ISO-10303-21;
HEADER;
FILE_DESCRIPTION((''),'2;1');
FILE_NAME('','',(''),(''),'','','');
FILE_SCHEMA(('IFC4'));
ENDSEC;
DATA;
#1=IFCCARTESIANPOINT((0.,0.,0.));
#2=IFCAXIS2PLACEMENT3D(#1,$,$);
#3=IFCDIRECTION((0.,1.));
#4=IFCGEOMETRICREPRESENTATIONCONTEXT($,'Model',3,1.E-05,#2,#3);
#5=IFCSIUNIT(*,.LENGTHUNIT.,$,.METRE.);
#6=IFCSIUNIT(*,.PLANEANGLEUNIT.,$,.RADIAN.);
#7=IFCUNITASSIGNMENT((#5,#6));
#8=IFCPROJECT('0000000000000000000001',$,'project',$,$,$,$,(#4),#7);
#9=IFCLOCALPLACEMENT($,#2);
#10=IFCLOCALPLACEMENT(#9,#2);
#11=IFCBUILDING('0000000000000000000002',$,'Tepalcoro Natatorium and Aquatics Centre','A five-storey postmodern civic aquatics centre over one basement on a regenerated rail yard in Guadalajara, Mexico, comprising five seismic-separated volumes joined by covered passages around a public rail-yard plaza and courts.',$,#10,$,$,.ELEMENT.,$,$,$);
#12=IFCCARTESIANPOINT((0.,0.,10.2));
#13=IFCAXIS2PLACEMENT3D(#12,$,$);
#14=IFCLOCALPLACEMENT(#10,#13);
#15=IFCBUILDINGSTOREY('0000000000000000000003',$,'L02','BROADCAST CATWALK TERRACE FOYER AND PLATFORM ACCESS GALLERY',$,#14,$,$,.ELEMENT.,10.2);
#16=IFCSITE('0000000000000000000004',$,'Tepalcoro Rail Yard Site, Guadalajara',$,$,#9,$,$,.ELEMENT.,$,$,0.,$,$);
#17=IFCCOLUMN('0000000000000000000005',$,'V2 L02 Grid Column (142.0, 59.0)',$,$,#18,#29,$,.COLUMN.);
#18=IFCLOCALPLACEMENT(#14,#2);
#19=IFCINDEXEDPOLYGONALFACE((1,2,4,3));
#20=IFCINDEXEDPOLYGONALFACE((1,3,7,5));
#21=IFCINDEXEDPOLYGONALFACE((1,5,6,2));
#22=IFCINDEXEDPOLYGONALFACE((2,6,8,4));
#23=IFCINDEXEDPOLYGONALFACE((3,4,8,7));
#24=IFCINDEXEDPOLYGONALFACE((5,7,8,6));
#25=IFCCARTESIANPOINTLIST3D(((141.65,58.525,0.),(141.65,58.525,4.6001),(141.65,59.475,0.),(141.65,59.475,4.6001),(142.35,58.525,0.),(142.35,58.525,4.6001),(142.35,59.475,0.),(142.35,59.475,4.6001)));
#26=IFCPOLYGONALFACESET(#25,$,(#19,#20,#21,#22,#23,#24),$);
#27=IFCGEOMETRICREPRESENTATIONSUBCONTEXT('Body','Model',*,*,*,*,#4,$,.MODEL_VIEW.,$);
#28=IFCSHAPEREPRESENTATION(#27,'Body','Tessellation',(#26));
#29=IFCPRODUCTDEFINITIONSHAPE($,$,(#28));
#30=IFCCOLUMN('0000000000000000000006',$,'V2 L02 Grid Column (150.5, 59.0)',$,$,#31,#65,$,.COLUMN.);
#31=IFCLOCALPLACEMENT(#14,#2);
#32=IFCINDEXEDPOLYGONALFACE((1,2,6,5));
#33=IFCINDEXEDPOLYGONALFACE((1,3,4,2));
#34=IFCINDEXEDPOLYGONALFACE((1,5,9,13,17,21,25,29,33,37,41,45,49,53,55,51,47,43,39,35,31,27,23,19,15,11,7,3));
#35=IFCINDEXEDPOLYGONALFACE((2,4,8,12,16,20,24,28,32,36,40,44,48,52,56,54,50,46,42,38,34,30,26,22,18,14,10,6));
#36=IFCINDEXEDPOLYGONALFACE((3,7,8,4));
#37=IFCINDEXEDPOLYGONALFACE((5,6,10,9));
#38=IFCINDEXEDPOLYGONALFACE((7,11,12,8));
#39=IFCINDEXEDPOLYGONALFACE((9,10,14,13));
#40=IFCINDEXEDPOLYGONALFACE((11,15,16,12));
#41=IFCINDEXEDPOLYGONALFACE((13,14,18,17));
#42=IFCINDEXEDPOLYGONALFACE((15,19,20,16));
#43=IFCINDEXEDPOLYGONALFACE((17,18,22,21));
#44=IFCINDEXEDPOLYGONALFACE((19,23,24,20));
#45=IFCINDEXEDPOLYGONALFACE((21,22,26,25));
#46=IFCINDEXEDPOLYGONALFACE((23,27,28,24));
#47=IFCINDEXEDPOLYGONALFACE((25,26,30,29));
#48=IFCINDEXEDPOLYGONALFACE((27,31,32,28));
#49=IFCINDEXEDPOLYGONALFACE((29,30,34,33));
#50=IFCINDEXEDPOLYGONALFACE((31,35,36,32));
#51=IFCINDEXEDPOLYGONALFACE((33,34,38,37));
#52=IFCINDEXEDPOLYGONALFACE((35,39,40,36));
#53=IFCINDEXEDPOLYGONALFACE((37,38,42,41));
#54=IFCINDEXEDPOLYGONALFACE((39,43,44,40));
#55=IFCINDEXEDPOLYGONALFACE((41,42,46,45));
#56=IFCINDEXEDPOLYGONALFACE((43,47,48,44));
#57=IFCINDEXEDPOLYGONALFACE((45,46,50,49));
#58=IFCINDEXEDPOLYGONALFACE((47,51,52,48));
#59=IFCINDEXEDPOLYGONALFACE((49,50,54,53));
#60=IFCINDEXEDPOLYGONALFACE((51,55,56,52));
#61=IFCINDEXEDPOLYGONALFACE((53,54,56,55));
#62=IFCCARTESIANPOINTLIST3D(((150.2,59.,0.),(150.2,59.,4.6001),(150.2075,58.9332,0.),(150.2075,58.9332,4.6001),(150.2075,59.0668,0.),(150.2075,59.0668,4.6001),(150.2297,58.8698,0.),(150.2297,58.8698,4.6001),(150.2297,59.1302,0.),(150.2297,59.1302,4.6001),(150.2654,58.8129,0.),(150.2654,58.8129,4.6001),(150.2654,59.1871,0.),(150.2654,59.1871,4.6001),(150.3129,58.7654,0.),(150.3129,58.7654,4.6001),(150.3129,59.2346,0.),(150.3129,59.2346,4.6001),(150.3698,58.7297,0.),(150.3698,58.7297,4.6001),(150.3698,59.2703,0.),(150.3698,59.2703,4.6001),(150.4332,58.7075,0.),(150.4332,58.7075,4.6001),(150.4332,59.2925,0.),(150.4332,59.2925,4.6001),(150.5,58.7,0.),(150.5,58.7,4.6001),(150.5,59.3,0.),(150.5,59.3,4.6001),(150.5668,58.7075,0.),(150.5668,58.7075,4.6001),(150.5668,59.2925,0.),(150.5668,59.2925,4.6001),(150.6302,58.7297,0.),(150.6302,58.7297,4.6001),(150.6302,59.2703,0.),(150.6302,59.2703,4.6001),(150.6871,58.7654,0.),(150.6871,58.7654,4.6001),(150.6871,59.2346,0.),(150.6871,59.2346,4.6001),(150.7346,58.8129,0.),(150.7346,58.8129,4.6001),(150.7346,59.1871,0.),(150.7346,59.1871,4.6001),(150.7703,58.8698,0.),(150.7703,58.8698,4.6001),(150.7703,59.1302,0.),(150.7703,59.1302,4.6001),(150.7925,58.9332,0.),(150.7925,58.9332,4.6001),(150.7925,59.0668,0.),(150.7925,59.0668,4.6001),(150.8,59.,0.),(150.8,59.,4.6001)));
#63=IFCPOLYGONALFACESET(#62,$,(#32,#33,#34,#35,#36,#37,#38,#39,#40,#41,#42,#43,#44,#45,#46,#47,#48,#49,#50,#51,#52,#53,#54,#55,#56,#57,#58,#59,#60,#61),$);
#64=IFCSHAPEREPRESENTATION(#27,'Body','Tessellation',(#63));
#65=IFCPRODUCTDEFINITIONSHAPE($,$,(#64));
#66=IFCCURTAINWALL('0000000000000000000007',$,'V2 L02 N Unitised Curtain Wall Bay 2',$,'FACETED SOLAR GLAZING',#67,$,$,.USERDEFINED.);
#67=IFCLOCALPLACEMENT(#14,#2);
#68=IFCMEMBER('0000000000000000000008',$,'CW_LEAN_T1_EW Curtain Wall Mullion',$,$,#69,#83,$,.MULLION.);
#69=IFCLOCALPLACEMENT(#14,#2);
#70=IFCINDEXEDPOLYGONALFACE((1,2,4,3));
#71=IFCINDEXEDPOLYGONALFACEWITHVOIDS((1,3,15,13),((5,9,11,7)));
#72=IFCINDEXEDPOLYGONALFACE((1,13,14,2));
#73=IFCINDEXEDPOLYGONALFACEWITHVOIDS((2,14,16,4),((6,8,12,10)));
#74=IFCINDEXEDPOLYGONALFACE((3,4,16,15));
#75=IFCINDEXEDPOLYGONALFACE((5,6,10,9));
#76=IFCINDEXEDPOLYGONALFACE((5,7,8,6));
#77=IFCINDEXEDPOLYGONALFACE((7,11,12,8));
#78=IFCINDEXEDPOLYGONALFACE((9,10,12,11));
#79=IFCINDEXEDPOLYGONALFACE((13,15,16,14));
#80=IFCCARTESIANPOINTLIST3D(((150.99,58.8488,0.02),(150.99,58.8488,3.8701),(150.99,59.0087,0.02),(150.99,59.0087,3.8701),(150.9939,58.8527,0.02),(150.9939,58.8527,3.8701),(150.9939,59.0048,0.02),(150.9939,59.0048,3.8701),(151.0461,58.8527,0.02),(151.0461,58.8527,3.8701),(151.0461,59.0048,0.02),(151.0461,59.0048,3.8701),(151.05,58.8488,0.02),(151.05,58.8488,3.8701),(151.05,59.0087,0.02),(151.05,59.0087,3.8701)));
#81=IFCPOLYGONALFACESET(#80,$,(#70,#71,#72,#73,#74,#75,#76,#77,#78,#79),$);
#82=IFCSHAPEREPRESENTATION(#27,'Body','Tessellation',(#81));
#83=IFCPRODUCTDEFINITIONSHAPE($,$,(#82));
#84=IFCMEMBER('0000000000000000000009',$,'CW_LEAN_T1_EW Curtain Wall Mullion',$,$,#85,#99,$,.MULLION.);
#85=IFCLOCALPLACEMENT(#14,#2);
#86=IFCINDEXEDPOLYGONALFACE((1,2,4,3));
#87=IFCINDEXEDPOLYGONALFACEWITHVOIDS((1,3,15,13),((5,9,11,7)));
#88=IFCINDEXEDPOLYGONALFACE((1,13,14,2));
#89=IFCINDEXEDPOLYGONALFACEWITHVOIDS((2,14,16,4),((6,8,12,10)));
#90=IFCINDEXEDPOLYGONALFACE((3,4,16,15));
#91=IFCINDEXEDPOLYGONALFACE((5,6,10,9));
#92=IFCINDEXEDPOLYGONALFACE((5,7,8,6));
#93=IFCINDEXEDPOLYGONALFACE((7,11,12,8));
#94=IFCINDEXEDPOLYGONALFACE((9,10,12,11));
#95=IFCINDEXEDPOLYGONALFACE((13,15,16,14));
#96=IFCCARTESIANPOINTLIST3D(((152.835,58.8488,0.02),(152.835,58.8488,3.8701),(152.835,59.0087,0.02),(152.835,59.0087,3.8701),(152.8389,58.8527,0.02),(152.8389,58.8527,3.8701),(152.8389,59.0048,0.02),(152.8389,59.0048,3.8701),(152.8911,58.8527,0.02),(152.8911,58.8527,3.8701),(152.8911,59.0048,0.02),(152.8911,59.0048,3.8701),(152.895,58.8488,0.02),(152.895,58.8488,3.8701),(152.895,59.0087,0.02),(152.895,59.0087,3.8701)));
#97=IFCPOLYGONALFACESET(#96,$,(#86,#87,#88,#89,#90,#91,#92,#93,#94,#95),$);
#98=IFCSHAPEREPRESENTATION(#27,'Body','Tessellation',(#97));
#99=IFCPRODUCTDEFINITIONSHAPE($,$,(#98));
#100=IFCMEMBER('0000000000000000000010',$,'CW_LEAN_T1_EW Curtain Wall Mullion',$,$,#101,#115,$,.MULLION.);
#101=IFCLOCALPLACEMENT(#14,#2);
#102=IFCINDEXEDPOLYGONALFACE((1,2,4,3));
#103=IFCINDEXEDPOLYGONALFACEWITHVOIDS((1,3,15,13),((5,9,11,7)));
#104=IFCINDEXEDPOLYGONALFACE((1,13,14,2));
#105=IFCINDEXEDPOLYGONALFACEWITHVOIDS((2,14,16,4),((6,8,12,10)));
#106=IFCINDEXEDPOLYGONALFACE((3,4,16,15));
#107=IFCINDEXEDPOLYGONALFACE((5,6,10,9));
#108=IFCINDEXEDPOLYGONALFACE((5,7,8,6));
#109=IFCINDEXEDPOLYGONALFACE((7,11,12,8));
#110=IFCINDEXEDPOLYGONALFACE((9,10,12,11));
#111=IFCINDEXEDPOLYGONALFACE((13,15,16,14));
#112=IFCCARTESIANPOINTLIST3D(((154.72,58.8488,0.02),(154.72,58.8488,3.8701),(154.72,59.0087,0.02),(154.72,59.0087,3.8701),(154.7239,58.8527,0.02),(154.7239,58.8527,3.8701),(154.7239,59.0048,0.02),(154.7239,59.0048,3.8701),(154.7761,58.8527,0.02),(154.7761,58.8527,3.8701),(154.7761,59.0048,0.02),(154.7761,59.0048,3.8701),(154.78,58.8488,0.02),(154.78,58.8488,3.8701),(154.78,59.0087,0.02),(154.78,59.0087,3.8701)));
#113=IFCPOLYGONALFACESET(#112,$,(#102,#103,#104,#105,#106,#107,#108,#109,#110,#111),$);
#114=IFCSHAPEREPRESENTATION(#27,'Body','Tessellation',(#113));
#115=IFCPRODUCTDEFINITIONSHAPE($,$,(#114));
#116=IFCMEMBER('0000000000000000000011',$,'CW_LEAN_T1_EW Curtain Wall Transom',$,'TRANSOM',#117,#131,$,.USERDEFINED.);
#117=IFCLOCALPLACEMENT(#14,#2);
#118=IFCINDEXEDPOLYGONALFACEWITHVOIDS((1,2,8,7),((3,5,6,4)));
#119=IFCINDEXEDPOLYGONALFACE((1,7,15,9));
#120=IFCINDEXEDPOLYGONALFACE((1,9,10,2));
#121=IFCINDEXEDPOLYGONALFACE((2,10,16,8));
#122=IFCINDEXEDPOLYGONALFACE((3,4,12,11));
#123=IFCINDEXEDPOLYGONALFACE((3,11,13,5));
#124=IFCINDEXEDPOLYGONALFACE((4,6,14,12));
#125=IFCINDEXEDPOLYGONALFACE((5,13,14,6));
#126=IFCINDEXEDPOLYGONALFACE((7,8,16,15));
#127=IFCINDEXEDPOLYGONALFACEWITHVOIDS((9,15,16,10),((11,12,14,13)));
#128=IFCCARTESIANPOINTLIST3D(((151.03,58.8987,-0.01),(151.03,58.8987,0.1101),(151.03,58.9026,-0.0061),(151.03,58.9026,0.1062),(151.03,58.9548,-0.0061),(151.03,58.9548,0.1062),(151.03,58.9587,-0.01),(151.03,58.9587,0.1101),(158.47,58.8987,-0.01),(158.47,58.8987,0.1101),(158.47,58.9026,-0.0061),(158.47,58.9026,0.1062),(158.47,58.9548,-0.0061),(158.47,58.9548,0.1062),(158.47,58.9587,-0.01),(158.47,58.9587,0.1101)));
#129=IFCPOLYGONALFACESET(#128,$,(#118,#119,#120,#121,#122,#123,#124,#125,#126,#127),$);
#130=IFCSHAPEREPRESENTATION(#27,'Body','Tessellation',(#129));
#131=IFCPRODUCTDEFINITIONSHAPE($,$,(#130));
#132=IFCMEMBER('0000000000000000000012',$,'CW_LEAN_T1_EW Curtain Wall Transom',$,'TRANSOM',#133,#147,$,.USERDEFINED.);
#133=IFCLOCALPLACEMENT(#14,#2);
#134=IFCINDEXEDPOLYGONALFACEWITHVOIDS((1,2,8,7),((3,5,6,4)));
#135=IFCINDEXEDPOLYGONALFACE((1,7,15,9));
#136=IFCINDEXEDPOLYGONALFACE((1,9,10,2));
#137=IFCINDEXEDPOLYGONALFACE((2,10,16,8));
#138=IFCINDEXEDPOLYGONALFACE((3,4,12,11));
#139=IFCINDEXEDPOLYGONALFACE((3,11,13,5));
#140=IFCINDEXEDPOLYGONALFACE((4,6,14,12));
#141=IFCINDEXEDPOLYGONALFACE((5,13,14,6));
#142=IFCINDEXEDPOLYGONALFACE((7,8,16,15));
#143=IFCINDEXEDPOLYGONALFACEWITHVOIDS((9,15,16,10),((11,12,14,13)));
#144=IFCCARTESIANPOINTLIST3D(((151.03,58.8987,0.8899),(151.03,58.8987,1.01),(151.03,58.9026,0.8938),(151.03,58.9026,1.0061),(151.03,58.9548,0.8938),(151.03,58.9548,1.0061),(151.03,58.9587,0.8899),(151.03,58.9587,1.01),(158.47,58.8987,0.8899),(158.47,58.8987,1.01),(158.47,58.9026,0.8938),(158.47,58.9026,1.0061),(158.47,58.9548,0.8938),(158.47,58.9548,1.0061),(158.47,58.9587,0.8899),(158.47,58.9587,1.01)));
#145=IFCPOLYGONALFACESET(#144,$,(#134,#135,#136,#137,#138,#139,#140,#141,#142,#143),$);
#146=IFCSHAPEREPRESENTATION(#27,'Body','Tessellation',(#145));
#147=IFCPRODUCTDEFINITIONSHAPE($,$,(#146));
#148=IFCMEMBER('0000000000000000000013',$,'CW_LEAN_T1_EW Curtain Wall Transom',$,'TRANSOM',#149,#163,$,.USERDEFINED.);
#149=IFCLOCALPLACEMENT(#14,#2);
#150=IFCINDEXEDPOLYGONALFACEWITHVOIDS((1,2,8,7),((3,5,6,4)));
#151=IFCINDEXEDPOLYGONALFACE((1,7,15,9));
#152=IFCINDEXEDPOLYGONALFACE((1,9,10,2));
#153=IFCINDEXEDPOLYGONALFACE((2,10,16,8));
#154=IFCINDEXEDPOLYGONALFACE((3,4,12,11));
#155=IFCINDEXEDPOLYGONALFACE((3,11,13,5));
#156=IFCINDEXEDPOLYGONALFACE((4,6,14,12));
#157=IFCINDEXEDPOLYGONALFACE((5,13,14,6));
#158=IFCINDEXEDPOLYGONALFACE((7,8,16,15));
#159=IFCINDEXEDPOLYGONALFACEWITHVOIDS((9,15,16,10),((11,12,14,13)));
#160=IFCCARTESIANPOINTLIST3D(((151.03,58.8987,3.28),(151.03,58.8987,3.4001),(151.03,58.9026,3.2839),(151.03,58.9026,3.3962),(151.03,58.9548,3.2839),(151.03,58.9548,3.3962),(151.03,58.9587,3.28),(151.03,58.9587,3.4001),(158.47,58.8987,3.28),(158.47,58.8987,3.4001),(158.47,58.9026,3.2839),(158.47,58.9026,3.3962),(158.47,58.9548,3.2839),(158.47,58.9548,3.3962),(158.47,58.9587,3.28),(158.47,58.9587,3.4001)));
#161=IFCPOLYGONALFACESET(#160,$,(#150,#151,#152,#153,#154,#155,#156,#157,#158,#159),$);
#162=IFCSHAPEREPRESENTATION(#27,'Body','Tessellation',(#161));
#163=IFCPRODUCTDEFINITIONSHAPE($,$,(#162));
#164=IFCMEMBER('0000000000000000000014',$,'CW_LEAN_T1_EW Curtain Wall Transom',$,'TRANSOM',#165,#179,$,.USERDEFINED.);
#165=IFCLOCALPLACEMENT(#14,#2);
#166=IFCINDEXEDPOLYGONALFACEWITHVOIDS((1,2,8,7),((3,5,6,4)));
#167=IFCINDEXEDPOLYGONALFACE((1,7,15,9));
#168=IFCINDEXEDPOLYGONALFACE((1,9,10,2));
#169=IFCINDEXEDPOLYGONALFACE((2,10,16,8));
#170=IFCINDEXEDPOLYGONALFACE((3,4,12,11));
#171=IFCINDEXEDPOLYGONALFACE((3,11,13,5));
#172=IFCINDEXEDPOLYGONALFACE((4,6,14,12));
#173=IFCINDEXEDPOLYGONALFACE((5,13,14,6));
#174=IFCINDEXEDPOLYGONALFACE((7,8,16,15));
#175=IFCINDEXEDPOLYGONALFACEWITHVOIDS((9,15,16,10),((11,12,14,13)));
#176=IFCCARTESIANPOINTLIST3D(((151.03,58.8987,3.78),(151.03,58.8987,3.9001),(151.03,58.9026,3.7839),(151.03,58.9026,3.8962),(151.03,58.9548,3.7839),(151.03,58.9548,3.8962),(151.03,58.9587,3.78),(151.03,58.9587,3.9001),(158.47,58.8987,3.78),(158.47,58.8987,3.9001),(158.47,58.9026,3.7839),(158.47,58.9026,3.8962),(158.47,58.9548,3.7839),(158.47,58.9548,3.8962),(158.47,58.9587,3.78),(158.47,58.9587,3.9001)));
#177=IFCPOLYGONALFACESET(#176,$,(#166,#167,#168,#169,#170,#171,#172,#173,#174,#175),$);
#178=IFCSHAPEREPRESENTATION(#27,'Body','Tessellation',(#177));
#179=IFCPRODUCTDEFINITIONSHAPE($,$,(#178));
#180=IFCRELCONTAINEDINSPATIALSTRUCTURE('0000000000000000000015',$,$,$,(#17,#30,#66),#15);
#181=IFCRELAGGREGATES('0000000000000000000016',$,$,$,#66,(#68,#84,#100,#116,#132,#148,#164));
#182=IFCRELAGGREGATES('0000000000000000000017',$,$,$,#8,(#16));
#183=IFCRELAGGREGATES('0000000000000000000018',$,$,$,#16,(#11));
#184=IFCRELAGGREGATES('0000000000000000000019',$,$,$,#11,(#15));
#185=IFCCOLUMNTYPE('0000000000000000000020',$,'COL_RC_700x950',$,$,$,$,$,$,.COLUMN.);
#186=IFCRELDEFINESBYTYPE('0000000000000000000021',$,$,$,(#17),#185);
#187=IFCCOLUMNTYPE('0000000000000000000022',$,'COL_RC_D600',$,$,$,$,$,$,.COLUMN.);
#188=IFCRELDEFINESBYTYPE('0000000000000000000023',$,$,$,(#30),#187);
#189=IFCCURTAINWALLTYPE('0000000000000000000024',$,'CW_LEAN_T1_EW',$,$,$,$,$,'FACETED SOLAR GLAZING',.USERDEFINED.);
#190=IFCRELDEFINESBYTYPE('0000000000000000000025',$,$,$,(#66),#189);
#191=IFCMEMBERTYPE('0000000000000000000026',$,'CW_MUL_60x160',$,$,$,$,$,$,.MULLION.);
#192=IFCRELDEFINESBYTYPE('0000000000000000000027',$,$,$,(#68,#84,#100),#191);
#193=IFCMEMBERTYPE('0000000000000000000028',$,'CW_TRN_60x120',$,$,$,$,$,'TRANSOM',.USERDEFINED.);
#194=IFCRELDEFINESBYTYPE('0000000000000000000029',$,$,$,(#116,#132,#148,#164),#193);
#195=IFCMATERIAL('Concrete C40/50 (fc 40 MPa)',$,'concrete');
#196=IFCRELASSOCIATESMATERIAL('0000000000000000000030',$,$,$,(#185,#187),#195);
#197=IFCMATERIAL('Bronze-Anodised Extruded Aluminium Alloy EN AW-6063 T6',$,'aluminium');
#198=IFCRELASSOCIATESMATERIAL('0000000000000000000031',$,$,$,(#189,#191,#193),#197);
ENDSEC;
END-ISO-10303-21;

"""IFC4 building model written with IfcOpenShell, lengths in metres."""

from ifc_helpers import new_model, si_unit, direction, frame, origin, origin_2d, place, context, subcontext, project, spatial, rectangle, hollow_rectangle, circle, extrude, material, material_profile, profile_set, type_object, element, aggregate, save


model = new_model("IFC4")

# Units and contexts
model_context = context("Model", 3, precision=1e-05, world=origin(), true_north=direction((0.0, 1.0)))
body_context = subcontext(model_context, "Body", "Model", "MODEL_VIEW")
ifc_project = project(units=[si_unit("LENGTHUNIT", "METRE"), si_unit("PLANEANGLEUNIT", "RADIAN")], contexts=[model_context])

# Site, building, storey
site_placement = place(None, origin())
site = spatial("IfcSite", under=ifc_project, at=site_placement, Name="Tepalcoro Rail Yard Site, Guadalajara", CompositionType="ELEMENT", RefElevation=0.0)
building_placement = place(site_placement, origin())
building = spatial("IfcBuilding", under=site, at=building_placement, Name="Tepalcoro Natatorium and Aquatics Centre", Description="A five-storey postmodern civic aquatics centre over one basement on a regenerated rail yard in Guadalajara, Mexico, comprising five seismic-separated volumes joined by covered passages around a public rail-yard plaza and courts.", CompositionType="ELEMENT")
storey_placement = place(building_placement, frame((0.0, 0.0, 10.2)))
storey = spatial("IfcBuildingStorey", under=building, at=storey_placement, Name="L02", Description="BROADCAST CATWALK TERRACE FOYER AND PLATFORM ACCESS GALLERY", CompositionType="ELEMENT", Elevation=10.2)

# Columns
ifc_material_1 = material(Name="Concrete C40/50 (fc 40 MPa)", Category="concrete")
ifc_material_profile_1 = material_profile(ifc_material_1, rectangle(XDim=0.7, YDim=0.95, at=origin_2d()), Name="RC700x950")
ifc_profile_set_1 = profile_set([ifc_material_profile_1], Name="Concrete C40/50 (fc 40 MPa)")
column_type_1 = type_object("IfcColumnType", Name="COL_RC_700x950", PredefinedType="COLUMN", material=ifc_profile_set_1)
column_1_placement = place(storey_placement, frame((142.0, 59.0, 0.0), z_axis=(0.0, 0.0, 1.0), x_axis=(1.0, 0.0, 0.0)))
element("IfcColumn", 1, at=column_1_placement, inside=storey, type_object=column_type_1, Name="V2 L02 Grid Column (142.0, 59.0)", PredefinedType="COLUMN", context=body_context, shape_type="SweptSolid", body=[
    extrude(rectangle(XDim=0.7, YDim=0.95, at=origin_2d()), origin(), (0.0, 0.0, 1.0), 4.6001),
])
ifc_material_profile_2 = material_profile(ifc_material_1, circle(Radius=0.3, at=origin_2d()), Name="RCD600")
ifc_profile_set_2 = profile_set([ifc_material_profile_2], Name="Concrete C40/50 (fc 40 MPa)")
column_type_2 = type_object("IfcColumnType", Name="COL_RC_D600", PredefinedType="COLUMN", material=ifc_profile_set_2)
column_2_placement = place(storey_placement, frame((150.5, 59.0, 0.0), z_axis=(0.0, 0.0, 1.0), x_axis=(1.0, 0.0, 0.0)))
element("IfcColumn", 2, at=column_2_placement, inside=storey, type_object=column_type_2, Name="V2 L02 Grid Column (150.5, 59.0)", PredefinedType="COLUMN", context=body_context, shape_type="SweptSolid", body=[
    extrude(circle(Radius=0.3, at=origin_2d()), origin(), (0.0, 0.0, 1.0), 4.6001),
])

# Curtain wall, members
ifc_material_2 = material(Name="Bronze-Anodised Extruded Aluminium Alloy EN AW-6063 T6", Category="aluminium")
curtain_wall_type = type_object("IfcCurtainWallType", Name="CW_LEAN_T1_EW", ElementType="FACETED SOLAR GLAZING", PredefinedType="USERDEFINED", material=ifc_material_2)
curtain_wall_placement = place(storey_placement, origin())
curtain_wall = element("IfcCurtainWall", 3, at=curtain_wall_placement, inside=storey, type_object=curtain_wall_type, Name="V2 L02 N Unitised Curtain Wall Bay 2", ObjectType="FACETED SOLAR GLAZING", PredefinedType="USERDEFINED")
ifc_material_profile_3 = material_profile(ifc_material_2, hollow_rectangle(XDim=0.0601, YDim=0.1599, WallThickness=0.0039, at=origin_2d()), Name="AL60X160X4")
ifc_profile_set_3 = profile_set([ifc_material_profile_3], Name="Bronze-Anodised Extruded Aluminium Alloy EN AW-6063 T6")
member_type_1 = type_object("IfcMemberType", Name="CW_MUL_60x160", PredefinedType="MULLION", material=ifc_profile_set_3)
member_1_placement = place(storey_placement, frame((151.02, 58.9287, 0.02), z_axis=(0.0, 0.0, 1.0), x_axis=(1.0, 0.0, 0.0)))
member_1 = element("IfcMember", 4, at=member_1_placement, type_object=member_type_1, Name="CW_LEAN_T1_EW Curtain Wall Mullion", PredefinedType="MULLION", context=body_context, shape_type="SweptSolid", body=[
    extrude(hollow_rectangle(XDim=0.0601, YDim=0.1599, WallThickness=0.0039, at=origin_2d()), origin(), (0.0, 0.0, 1.0), 3.8501),
])
member_2_placement = place(storey_placement, frame((152.865, 58.9287, 0.02), z_axis=(0.0, 0.0, 1.0), x_axis=(1.0, 0.0, 0.0)))
member_2 = element("IfcMember", 5, at=member_2_placement, type_object=member_type_1, Name="CW_LEAN_T1_EW Curtain Wall Mullion", PredefinedType="MULLION", context=body_context, shape_type="SweptSolid", body=[
    extrude(hollow_rectangle(XDim=0.0601, YDim=0.1599, WallThickness=0.0039, at=origin_2d()), origin(), (0.0, 0.0, 1.0), 3.8501),
])
member_3_placement = place(storey_placement, frame((154.75, 58.9287, 0.02), z_axis=(0.0, 0.0, 1.0), x_axis=(1.0, 0.0, 0.0)))
member_3 = element("IfcMember", 6, at=member_3_placement, type_object=member_type_1, Name="CW_LEAN_T1_EW Curtain Wall Mullion", PredefinedType="MULLION", context=body_context, shape_type="SweptSolid", body=[
    extrude(hollow_rectangle(XDim=0.0601, YDim=0.1599, WallThickness=0.0039, at=origin_2d()), origin(), (0.0, 0.0, 1.0), 3.8501),
])
ifc_material_profile_4 = material_profile(ifc_material_2, hollow_rectangle(XDim=0.0601, YDim=0.1201, WallThickness=0.0039, at=origin_2d()), Name="AL60X120X4")
ifc_profile_set_4 = profile_set([ifc_material_profile_4], Name="Bronze-Anodised Extruded Aluminium Alloy EN AW-6063 T6")
member_type_2 = type_object("IfcMemberType", Name="CW_TRN_60x120", ElementType="TRANSOM", PredefinedType="USERDEFINED", material=ifc_profile_set_4)
member_4_placement = place(storey_placement, frame((151.03, 58.9287, 0.05), z_axis=(1.0, 0.0, 0.0), x_axis=(0.0, 1.0, 0.0)))
member_4 = element("IfcMember", 7, at=member_4_placement, type_object=member_type_2, Name="CW_LEAN_T1_EW Curtain Wall Transom", ObjectType="TRANSOM", PredefinedType="USERDEFINED", context=body_context, shape_type="SweptSolid", body=[
    extrude(hollow_rectangle(XDim=0.0601, YDim=0.1201, WallThickness=0.0039, at=origin_2d()), origin(), (0.0, 0.0, 1.0), 7.4399),
])
member_5_placement = place(storey_placement, frame((151.03, 58.9287, 0.95), z_axis=(1.0, 0.0, 0.0), x_axis=(0.0, 1.0, 0.0)))
member_5 = element("IfcMember", 8, at=member_5_placement, type_object=member_type_2, Name="CW_LEAN_T1_EW Curtain Wall Transom", ObjectType="TRANSOM", PredefinedType="USERDEFINED", context=body_context, shape_type="SweptSolid", body=[
    extrude(hollow_rectangle(XDim=0.0601, YDim=0.1201, WallThickness=0.0039, at=origin_2d()), origin(), (0.0, 0.0, 1.0), 7.4399),
])
member_6_placement = place(storey_placement, frame((151.03, 58.9287, 3.3401), z_axis=(1.0, 0.0, 0.0), x_axis=(0.0, 1.0, 0.0)))
member_6 = element("IfcMember", 9, at=member_6_placement, type_object=member_type_2, Name="CW_LEAN_T1_EW Curtain Wall Transom", ObjectType="TRANSOM", PredefinedType="USERDEFINED", context=body_context, shape_type="SweptSolid", body=[
    extrude(hollow_rectangle(XDim=0.0601, YDim=0.1201, WallThickness=0.0039, at=origin_2d()), origin(), (0.0, 0.0, 1.0), 7.4399),
])
member_7_placement = place(storey_placement, frame((151.03, 58.9287, 3.8401), z_axis=(1.0, 0.0, 0.0), x_axis=(0.0, 1.0, 0.0)))
member_7 = element("IfcMember", 10, at=member_7_placement, type_object=member_type_2, Name="CW_LEAN_T1_EW Curtain Wall Transom", ObjectType="TRANSOM", PredefinedType="USERDEFINED", context=body_context, shape_type="SweptSolid", body=[
    extrude(hollow_rectangle(XDim=0.0601, YDim=0.1201, WallThickness=0.0039, at=origin_2d()), origin(), (0.0, 0.0, 1.0), 7.4399),
])

aggregate(curtain_wall, [member_1, member_2, member_3, member_4, member_5, member_6, member_7])

save(model, "model.ifc")
